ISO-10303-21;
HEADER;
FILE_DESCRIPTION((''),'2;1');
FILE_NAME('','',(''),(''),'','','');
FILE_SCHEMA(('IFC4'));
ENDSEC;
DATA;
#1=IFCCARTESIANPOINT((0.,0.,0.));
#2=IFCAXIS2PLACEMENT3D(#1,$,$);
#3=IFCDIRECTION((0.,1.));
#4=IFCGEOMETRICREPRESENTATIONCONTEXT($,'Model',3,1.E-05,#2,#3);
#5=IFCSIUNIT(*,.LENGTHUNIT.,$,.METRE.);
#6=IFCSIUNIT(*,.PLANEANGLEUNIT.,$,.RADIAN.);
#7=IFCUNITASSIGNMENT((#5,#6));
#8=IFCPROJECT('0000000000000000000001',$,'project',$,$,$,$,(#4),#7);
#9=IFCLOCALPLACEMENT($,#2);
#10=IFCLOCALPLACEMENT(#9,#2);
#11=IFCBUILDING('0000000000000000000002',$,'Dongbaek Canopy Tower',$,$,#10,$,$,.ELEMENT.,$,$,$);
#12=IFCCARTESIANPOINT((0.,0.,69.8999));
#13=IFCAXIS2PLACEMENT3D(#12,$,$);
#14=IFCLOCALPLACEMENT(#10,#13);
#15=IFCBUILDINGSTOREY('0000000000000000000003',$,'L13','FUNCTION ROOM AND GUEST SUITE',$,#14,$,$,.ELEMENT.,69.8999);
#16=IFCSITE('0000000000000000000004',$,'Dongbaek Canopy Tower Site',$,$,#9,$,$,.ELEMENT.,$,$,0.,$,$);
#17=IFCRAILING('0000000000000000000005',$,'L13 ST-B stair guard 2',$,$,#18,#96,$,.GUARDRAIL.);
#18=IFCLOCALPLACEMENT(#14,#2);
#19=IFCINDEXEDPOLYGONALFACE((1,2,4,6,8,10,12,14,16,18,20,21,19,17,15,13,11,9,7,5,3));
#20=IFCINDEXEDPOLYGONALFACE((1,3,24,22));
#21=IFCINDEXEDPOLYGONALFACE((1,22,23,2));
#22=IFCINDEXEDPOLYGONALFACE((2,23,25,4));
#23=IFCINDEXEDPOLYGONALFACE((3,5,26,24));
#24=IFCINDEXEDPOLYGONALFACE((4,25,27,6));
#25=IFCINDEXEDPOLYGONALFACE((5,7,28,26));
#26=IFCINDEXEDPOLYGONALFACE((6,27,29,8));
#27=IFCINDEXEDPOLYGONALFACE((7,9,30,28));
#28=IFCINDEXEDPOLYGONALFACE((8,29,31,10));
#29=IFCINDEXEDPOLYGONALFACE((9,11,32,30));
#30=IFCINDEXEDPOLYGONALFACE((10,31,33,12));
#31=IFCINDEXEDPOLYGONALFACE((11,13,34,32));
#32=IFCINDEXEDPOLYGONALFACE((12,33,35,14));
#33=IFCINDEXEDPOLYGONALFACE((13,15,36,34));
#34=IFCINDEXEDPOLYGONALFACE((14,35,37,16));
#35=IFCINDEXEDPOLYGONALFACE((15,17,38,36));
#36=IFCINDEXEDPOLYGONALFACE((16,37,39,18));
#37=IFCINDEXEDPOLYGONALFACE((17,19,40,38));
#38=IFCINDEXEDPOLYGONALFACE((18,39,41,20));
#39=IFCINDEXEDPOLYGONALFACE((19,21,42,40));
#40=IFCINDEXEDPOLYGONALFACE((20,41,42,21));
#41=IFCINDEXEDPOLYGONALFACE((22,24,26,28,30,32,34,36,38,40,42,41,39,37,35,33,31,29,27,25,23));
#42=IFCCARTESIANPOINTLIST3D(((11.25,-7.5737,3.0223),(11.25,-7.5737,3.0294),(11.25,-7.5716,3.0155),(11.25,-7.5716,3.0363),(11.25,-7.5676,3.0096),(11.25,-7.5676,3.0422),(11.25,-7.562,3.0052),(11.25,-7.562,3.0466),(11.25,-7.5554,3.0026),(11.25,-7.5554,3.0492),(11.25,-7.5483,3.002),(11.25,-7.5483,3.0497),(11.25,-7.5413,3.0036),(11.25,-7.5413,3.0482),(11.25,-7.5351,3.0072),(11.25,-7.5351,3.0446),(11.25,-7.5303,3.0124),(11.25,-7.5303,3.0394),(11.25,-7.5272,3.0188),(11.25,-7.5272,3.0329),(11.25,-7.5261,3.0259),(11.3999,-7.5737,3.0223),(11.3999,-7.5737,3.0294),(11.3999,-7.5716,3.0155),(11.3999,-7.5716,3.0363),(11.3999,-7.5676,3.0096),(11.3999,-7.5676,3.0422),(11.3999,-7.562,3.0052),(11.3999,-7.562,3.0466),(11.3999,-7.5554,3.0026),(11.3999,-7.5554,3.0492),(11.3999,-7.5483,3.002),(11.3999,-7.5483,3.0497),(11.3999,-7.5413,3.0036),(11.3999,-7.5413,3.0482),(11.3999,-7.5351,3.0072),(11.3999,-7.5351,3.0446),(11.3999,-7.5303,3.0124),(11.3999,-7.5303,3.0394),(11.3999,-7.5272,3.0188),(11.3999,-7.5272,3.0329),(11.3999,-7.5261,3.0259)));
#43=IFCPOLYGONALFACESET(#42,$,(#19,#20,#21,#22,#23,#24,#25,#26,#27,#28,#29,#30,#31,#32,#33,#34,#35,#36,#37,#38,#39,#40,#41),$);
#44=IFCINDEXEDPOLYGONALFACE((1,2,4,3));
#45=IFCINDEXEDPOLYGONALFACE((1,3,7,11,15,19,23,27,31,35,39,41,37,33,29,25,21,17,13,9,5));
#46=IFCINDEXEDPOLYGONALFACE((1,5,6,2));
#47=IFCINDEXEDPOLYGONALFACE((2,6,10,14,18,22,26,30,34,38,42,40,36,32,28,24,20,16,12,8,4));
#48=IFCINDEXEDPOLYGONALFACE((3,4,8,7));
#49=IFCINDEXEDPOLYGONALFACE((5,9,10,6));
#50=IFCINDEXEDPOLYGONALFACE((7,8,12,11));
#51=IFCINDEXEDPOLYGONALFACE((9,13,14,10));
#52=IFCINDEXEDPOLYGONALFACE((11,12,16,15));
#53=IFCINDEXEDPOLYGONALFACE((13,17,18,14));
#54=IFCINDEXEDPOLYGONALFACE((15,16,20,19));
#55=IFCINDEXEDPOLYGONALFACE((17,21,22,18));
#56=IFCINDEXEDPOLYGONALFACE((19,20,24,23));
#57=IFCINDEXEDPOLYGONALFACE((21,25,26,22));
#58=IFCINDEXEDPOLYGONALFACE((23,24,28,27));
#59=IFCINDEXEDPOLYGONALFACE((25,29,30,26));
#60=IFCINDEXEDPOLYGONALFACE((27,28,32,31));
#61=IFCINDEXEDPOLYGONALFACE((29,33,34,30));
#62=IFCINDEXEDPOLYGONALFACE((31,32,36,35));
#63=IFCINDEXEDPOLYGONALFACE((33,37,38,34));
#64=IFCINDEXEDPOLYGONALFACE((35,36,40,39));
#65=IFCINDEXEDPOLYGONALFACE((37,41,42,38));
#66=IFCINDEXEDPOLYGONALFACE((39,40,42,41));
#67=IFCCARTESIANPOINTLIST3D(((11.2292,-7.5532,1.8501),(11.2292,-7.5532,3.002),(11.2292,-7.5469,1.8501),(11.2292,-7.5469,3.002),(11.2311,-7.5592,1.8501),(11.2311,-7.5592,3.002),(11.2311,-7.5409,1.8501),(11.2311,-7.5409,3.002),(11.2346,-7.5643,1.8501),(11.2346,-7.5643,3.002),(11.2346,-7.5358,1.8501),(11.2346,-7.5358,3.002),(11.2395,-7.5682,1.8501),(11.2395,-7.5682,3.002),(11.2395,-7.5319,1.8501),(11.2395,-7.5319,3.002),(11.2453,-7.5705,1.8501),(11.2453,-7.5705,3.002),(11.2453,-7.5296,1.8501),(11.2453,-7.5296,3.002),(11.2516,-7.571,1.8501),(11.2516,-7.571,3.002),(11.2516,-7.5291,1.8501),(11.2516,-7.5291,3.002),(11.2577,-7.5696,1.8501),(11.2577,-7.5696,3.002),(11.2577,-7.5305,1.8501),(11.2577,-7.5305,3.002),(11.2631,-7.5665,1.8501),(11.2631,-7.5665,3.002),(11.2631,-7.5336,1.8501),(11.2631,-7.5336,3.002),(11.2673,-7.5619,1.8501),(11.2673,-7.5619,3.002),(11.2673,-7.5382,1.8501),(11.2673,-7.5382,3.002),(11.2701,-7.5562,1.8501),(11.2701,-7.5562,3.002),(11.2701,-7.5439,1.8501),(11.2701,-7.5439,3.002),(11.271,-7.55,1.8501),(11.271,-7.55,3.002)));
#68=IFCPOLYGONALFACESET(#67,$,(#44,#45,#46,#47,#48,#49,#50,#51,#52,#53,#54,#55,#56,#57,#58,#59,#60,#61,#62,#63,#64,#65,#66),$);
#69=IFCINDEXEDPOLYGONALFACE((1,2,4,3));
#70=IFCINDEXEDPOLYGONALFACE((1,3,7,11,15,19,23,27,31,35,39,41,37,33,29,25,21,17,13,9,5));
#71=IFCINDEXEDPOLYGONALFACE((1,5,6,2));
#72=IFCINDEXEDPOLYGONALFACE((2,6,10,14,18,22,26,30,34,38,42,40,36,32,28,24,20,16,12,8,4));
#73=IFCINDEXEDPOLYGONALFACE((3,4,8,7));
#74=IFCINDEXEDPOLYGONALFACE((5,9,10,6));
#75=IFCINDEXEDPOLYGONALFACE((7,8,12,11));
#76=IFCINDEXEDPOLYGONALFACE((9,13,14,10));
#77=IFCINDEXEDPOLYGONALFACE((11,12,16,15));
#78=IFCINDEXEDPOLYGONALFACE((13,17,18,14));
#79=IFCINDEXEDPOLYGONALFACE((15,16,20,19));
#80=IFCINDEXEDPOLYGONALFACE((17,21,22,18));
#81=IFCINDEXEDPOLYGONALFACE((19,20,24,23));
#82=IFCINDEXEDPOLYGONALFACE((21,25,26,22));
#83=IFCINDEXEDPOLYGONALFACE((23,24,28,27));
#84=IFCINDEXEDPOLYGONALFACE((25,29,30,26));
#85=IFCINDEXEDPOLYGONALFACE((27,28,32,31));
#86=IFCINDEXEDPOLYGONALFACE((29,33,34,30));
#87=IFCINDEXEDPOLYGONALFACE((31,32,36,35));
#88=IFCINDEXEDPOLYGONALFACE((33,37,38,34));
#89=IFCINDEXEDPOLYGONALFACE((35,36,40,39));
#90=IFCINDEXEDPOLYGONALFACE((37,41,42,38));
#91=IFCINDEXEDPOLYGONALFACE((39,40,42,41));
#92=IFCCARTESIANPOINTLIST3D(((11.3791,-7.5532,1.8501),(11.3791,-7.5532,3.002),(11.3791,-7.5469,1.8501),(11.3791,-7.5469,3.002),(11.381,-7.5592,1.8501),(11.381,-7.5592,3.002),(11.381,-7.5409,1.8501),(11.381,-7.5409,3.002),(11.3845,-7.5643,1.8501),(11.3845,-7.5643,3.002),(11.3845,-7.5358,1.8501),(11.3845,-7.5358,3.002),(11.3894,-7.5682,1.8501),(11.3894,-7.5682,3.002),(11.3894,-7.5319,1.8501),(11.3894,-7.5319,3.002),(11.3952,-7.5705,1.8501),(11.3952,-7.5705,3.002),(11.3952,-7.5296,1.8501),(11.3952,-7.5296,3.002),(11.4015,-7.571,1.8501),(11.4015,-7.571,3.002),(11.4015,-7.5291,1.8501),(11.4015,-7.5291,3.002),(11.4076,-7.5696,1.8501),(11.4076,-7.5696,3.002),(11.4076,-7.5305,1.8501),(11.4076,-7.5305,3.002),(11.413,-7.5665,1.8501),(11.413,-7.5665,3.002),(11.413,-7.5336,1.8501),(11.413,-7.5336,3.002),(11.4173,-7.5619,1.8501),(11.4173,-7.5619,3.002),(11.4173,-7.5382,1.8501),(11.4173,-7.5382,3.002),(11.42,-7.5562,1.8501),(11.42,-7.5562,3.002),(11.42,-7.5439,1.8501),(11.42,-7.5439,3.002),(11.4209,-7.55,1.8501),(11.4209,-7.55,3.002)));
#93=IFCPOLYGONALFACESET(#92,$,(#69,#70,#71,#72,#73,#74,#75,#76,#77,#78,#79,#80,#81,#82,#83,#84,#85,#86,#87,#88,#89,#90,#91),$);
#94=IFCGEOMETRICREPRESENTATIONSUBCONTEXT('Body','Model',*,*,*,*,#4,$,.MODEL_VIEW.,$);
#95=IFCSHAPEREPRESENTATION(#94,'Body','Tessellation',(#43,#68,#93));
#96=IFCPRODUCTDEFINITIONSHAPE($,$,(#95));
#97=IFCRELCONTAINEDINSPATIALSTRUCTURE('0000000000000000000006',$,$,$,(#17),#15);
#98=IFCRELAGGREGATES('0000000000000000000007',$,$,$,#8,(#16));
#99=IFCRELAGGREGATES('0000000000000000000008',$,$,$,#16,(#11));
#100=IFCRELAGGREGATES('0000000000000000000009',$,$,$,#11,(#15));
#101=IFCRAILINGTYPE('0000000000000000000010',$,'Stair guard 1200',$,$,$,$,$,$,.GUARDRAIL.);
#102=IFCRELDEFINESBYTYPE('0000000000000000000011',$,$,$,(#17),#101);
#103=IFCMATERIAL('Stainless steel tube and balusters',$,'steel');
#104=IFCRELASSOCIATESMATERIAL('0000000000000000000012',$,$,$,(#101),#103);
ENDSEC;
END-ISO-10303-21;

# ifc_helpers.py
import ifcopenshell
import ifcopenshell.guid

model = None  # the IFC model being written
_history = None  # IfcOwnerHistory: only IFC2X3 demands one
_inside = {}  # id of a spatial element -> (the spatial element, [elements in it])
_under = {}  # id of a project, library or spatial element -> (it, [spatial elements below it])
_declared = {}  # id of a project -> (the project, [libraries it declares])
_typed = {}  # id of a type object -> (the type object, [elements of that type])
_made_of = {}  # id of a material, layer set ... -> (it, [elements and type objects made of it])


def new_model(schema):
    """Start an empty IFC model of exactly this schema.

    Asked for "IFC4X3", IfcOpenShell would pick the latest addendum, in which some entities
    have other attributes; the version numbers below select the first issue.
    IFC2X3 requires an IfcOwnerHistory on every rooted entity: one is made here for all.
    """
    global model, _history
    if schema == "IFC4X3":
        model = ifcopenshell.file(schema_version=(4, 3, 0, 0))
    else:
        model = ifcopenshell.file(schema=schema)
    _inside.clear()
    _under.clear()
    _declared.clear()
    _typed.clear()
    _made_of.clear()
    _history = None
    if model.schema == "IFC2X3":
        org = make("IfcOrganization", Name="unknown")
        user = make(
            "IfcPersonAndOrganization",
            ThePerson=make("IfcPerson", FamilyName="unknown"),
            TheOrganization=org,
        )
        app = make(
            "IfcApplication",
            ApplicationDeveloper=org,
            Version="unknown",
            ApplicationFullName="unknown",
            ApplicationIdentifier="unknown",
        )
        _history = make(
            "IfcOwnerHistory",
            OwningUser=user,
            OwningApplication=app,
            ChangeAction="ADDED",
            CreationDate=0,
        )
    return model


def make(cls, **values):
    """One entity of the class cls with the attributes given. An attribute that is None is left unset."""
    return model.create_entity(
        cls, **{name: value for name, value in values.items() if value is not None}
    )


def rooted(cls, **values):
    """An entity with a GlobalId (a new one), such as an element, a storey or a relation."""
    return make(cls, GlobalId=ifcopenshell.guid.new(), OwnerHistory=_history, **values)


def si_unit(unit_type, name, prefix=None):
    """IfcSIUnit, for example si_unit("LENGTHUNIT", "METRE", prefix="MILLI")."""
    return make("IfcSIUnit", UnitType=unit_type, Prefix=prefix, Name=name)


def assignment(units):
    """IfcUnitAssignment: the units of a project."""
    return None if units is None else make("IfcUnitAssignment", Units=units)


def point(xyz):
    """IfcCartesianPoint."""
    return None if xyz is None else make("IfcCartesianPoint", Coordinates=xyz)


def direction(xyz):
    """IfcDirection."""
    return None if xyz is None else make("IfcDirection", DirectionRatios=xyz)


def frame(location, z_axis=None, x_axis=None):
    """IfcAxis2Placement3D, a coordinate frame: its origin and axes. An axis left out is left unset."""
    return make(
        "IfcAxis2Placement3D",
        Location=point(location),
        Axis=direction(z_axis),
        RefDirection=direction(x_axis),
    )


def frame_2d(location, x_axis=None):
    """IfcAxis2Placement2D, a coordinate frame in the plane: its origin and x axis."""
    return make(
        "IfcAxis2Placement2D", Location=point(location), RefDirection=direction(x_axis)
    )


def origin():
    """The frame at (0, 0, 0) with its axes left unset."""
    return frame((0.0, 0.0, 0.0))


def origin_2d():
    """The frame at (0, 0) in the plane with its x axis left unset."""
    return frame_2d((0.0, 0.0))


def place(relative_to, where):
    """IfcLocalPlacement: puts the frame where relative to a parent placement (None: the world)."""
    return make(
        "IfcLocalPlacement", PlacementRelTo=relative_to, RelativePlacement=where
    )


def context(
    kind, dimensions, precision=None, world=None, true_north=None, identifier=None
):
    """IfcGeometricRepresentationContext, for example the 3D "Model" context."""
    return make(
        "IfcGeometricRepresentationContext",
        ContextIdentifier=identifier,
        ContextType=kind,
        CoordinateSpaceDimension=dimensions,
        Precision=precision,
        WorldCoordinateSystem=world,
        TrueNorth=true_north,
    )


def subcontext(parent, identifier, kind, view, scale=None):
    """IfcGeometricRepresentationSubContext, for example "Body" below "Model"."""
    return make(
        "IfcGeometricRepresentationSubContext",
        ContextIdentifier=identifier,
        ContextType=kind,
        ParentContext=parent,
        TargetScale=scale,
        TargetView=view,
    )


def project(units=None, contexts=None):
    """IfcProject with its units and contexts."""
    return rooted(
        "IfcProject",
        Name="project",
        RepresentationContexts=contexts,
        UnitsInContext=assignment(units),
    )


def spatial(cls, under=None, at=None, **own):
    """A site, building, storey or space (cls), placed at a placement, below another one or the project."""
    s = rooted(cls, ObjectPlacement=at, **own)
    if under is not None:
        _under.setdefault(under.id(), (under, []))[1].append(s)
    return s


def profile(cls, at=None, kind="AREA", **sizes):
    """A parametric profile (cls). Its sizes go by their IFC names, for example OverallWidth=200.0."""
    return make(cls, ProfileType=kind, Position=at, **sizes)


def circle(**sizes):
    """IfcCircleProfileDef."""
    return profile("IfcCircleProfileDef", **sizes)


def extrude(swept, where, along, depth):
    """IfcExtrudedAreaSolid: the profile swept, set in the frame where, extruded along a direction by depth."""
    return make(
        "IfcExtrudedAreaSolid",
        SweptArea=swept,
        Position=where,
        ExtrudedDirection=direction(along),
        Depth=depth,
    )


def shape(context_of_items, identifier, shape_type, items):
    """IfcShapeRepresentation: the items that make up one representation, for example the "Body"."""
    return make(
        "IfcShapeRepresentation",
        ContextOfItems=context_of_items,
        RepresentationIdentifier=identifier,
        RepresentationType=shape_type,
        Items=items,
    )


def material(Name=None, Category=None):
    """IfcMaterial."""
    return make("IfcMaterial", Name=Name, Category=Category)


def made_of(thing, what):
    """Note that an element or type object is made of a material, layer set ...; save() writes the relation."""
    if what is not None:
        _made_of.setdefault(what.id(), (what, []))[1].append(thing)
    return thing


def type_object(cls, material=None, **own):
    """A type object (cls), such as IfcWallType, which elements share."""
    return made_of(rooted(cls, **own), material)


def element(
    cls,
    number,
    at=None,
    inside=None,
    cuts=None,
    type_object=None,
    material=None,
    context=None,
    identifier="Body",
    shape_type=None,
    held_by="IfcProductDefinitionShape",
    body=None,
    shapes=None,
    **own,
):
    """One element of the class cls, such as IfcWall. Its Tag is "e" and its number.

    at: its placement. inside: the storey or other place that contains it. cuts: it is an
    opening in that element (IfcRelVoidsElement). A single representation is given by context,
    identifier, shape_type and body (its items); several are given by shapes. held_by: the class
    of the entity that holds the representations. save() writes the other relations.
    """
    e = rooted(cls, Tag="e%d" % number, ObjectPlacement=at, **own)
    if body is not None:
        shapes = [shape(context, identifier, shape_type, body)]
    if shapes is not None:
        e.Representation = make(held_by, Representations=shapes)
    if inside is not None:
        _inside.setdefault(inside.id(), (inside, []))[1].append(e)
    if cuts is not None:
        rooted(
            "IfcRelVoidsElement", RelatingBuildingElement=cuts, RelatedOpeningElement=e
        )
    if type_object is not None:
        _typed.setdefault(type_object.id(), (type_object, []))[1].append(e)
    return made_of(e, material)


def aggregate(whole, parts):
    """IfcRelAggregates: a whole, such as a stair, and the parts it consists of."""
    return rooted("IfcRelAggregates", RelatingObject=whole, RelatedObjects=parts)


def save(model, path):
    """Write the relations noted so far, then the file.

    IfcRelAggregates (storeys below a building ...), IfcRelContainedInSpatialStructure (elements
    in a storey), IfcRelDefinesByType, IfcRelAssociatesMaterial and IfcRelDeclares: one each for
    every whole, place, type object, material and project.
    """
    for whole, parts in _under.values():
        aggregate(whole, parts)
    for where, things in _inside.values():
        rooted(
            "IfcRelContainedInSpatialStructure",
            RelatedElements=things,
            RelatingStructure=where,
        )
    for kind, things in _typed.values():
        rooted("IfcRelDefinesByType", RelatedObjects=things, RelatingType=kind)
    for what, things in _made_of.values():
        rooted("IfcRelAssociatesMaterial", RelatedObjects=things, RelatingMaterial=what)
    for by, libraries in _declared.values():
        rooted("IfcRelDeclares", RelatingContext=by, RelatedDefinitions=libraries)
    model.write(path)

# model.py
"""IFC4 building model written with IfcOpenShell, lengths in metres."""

from ifc_helpers import new_model, si_unit, direction, frame, origin, origin_2d, place, context, subcontext, project, spatial, circle, extrude, material, type_object, element, save


model = new_model("IFC4")

# Units and contexts
model_context = context("Model", 3, precision=1e-05, world=origin(), true_north=direction((0.0, 1.0)))
body_context = subcontext(model_context, "Body", "Model", "MODEL_VIEW")
ifc_project = project(units=[si_unit("LENGTHUNIT", "METRE"), si_unit("PLANEANGLEUNIT", "RADIAN")], contexts=[model_context])

# Site, building, storey
site_placement = place(None, origin())
site = spatial("IfcSite", under=ifc_project, at=site_placement, Name="Dongbaek Canopy Tower Site", CompositionType="ELEMENT", RefElevation=0.0)
building_placement = place(site_placement, origin())
building = spatial("IfcBuilding", under=site, at=building_placement, Name="Dongbaek Canopy Tower", CompositionType="ELEMENT")
storey_placement = place(building_placement, frame((0.0, 0.0, 69.8999)))
storey = spatial("IfcBuildingStorey", under=building, at=storey_placement, Name="L13", Description="FUNCTION ROOM AND GUEST SUITE", CompositionType="ELEMENT", Elevation=69.8999)

# Railing
ifc_material_1 = material(Name="Stainless steel tube and balusters", Category="steel")
railing_type_1 = type_object("IfcRailingType", Name="Stair guard 1200", PredefinedType="GUARDRAIL", material=ifc_material_1)
railing_1_placement = place(storey_placement, frame((11.25, -7.55, 1.8501)))
element("IfcRailing", 1, at=railing_1_placement, inside=storey, type_object=railing_type_1, Name="L13 ST-B stair guard 2", PredefinedType="GUARDRAIL", context=body_context, shape_type="SweptSolid", body=[
    extrude(circle(Radius=0.0239, at=origin_2d()), frame((0.0, 0.0, 1.1758), z_axis=(1.0, 0.0, 0.0), x_axis=(0.0, 1.0, 0.0)), (0.0, 0.0, 1.0), 0.1499),
    extrude(circle(Radius=0.021, at=origin_2d()), origin(), (0.0, 0.0, 1.0), 1.1519),
    extrude(circle(Radius=0.021, at=origin_2d()), frame((0.1499, 0.0, 0.0)), (0.0, 0.0, 1.0), 1.1519),
])

save(model, "model.ifc")
